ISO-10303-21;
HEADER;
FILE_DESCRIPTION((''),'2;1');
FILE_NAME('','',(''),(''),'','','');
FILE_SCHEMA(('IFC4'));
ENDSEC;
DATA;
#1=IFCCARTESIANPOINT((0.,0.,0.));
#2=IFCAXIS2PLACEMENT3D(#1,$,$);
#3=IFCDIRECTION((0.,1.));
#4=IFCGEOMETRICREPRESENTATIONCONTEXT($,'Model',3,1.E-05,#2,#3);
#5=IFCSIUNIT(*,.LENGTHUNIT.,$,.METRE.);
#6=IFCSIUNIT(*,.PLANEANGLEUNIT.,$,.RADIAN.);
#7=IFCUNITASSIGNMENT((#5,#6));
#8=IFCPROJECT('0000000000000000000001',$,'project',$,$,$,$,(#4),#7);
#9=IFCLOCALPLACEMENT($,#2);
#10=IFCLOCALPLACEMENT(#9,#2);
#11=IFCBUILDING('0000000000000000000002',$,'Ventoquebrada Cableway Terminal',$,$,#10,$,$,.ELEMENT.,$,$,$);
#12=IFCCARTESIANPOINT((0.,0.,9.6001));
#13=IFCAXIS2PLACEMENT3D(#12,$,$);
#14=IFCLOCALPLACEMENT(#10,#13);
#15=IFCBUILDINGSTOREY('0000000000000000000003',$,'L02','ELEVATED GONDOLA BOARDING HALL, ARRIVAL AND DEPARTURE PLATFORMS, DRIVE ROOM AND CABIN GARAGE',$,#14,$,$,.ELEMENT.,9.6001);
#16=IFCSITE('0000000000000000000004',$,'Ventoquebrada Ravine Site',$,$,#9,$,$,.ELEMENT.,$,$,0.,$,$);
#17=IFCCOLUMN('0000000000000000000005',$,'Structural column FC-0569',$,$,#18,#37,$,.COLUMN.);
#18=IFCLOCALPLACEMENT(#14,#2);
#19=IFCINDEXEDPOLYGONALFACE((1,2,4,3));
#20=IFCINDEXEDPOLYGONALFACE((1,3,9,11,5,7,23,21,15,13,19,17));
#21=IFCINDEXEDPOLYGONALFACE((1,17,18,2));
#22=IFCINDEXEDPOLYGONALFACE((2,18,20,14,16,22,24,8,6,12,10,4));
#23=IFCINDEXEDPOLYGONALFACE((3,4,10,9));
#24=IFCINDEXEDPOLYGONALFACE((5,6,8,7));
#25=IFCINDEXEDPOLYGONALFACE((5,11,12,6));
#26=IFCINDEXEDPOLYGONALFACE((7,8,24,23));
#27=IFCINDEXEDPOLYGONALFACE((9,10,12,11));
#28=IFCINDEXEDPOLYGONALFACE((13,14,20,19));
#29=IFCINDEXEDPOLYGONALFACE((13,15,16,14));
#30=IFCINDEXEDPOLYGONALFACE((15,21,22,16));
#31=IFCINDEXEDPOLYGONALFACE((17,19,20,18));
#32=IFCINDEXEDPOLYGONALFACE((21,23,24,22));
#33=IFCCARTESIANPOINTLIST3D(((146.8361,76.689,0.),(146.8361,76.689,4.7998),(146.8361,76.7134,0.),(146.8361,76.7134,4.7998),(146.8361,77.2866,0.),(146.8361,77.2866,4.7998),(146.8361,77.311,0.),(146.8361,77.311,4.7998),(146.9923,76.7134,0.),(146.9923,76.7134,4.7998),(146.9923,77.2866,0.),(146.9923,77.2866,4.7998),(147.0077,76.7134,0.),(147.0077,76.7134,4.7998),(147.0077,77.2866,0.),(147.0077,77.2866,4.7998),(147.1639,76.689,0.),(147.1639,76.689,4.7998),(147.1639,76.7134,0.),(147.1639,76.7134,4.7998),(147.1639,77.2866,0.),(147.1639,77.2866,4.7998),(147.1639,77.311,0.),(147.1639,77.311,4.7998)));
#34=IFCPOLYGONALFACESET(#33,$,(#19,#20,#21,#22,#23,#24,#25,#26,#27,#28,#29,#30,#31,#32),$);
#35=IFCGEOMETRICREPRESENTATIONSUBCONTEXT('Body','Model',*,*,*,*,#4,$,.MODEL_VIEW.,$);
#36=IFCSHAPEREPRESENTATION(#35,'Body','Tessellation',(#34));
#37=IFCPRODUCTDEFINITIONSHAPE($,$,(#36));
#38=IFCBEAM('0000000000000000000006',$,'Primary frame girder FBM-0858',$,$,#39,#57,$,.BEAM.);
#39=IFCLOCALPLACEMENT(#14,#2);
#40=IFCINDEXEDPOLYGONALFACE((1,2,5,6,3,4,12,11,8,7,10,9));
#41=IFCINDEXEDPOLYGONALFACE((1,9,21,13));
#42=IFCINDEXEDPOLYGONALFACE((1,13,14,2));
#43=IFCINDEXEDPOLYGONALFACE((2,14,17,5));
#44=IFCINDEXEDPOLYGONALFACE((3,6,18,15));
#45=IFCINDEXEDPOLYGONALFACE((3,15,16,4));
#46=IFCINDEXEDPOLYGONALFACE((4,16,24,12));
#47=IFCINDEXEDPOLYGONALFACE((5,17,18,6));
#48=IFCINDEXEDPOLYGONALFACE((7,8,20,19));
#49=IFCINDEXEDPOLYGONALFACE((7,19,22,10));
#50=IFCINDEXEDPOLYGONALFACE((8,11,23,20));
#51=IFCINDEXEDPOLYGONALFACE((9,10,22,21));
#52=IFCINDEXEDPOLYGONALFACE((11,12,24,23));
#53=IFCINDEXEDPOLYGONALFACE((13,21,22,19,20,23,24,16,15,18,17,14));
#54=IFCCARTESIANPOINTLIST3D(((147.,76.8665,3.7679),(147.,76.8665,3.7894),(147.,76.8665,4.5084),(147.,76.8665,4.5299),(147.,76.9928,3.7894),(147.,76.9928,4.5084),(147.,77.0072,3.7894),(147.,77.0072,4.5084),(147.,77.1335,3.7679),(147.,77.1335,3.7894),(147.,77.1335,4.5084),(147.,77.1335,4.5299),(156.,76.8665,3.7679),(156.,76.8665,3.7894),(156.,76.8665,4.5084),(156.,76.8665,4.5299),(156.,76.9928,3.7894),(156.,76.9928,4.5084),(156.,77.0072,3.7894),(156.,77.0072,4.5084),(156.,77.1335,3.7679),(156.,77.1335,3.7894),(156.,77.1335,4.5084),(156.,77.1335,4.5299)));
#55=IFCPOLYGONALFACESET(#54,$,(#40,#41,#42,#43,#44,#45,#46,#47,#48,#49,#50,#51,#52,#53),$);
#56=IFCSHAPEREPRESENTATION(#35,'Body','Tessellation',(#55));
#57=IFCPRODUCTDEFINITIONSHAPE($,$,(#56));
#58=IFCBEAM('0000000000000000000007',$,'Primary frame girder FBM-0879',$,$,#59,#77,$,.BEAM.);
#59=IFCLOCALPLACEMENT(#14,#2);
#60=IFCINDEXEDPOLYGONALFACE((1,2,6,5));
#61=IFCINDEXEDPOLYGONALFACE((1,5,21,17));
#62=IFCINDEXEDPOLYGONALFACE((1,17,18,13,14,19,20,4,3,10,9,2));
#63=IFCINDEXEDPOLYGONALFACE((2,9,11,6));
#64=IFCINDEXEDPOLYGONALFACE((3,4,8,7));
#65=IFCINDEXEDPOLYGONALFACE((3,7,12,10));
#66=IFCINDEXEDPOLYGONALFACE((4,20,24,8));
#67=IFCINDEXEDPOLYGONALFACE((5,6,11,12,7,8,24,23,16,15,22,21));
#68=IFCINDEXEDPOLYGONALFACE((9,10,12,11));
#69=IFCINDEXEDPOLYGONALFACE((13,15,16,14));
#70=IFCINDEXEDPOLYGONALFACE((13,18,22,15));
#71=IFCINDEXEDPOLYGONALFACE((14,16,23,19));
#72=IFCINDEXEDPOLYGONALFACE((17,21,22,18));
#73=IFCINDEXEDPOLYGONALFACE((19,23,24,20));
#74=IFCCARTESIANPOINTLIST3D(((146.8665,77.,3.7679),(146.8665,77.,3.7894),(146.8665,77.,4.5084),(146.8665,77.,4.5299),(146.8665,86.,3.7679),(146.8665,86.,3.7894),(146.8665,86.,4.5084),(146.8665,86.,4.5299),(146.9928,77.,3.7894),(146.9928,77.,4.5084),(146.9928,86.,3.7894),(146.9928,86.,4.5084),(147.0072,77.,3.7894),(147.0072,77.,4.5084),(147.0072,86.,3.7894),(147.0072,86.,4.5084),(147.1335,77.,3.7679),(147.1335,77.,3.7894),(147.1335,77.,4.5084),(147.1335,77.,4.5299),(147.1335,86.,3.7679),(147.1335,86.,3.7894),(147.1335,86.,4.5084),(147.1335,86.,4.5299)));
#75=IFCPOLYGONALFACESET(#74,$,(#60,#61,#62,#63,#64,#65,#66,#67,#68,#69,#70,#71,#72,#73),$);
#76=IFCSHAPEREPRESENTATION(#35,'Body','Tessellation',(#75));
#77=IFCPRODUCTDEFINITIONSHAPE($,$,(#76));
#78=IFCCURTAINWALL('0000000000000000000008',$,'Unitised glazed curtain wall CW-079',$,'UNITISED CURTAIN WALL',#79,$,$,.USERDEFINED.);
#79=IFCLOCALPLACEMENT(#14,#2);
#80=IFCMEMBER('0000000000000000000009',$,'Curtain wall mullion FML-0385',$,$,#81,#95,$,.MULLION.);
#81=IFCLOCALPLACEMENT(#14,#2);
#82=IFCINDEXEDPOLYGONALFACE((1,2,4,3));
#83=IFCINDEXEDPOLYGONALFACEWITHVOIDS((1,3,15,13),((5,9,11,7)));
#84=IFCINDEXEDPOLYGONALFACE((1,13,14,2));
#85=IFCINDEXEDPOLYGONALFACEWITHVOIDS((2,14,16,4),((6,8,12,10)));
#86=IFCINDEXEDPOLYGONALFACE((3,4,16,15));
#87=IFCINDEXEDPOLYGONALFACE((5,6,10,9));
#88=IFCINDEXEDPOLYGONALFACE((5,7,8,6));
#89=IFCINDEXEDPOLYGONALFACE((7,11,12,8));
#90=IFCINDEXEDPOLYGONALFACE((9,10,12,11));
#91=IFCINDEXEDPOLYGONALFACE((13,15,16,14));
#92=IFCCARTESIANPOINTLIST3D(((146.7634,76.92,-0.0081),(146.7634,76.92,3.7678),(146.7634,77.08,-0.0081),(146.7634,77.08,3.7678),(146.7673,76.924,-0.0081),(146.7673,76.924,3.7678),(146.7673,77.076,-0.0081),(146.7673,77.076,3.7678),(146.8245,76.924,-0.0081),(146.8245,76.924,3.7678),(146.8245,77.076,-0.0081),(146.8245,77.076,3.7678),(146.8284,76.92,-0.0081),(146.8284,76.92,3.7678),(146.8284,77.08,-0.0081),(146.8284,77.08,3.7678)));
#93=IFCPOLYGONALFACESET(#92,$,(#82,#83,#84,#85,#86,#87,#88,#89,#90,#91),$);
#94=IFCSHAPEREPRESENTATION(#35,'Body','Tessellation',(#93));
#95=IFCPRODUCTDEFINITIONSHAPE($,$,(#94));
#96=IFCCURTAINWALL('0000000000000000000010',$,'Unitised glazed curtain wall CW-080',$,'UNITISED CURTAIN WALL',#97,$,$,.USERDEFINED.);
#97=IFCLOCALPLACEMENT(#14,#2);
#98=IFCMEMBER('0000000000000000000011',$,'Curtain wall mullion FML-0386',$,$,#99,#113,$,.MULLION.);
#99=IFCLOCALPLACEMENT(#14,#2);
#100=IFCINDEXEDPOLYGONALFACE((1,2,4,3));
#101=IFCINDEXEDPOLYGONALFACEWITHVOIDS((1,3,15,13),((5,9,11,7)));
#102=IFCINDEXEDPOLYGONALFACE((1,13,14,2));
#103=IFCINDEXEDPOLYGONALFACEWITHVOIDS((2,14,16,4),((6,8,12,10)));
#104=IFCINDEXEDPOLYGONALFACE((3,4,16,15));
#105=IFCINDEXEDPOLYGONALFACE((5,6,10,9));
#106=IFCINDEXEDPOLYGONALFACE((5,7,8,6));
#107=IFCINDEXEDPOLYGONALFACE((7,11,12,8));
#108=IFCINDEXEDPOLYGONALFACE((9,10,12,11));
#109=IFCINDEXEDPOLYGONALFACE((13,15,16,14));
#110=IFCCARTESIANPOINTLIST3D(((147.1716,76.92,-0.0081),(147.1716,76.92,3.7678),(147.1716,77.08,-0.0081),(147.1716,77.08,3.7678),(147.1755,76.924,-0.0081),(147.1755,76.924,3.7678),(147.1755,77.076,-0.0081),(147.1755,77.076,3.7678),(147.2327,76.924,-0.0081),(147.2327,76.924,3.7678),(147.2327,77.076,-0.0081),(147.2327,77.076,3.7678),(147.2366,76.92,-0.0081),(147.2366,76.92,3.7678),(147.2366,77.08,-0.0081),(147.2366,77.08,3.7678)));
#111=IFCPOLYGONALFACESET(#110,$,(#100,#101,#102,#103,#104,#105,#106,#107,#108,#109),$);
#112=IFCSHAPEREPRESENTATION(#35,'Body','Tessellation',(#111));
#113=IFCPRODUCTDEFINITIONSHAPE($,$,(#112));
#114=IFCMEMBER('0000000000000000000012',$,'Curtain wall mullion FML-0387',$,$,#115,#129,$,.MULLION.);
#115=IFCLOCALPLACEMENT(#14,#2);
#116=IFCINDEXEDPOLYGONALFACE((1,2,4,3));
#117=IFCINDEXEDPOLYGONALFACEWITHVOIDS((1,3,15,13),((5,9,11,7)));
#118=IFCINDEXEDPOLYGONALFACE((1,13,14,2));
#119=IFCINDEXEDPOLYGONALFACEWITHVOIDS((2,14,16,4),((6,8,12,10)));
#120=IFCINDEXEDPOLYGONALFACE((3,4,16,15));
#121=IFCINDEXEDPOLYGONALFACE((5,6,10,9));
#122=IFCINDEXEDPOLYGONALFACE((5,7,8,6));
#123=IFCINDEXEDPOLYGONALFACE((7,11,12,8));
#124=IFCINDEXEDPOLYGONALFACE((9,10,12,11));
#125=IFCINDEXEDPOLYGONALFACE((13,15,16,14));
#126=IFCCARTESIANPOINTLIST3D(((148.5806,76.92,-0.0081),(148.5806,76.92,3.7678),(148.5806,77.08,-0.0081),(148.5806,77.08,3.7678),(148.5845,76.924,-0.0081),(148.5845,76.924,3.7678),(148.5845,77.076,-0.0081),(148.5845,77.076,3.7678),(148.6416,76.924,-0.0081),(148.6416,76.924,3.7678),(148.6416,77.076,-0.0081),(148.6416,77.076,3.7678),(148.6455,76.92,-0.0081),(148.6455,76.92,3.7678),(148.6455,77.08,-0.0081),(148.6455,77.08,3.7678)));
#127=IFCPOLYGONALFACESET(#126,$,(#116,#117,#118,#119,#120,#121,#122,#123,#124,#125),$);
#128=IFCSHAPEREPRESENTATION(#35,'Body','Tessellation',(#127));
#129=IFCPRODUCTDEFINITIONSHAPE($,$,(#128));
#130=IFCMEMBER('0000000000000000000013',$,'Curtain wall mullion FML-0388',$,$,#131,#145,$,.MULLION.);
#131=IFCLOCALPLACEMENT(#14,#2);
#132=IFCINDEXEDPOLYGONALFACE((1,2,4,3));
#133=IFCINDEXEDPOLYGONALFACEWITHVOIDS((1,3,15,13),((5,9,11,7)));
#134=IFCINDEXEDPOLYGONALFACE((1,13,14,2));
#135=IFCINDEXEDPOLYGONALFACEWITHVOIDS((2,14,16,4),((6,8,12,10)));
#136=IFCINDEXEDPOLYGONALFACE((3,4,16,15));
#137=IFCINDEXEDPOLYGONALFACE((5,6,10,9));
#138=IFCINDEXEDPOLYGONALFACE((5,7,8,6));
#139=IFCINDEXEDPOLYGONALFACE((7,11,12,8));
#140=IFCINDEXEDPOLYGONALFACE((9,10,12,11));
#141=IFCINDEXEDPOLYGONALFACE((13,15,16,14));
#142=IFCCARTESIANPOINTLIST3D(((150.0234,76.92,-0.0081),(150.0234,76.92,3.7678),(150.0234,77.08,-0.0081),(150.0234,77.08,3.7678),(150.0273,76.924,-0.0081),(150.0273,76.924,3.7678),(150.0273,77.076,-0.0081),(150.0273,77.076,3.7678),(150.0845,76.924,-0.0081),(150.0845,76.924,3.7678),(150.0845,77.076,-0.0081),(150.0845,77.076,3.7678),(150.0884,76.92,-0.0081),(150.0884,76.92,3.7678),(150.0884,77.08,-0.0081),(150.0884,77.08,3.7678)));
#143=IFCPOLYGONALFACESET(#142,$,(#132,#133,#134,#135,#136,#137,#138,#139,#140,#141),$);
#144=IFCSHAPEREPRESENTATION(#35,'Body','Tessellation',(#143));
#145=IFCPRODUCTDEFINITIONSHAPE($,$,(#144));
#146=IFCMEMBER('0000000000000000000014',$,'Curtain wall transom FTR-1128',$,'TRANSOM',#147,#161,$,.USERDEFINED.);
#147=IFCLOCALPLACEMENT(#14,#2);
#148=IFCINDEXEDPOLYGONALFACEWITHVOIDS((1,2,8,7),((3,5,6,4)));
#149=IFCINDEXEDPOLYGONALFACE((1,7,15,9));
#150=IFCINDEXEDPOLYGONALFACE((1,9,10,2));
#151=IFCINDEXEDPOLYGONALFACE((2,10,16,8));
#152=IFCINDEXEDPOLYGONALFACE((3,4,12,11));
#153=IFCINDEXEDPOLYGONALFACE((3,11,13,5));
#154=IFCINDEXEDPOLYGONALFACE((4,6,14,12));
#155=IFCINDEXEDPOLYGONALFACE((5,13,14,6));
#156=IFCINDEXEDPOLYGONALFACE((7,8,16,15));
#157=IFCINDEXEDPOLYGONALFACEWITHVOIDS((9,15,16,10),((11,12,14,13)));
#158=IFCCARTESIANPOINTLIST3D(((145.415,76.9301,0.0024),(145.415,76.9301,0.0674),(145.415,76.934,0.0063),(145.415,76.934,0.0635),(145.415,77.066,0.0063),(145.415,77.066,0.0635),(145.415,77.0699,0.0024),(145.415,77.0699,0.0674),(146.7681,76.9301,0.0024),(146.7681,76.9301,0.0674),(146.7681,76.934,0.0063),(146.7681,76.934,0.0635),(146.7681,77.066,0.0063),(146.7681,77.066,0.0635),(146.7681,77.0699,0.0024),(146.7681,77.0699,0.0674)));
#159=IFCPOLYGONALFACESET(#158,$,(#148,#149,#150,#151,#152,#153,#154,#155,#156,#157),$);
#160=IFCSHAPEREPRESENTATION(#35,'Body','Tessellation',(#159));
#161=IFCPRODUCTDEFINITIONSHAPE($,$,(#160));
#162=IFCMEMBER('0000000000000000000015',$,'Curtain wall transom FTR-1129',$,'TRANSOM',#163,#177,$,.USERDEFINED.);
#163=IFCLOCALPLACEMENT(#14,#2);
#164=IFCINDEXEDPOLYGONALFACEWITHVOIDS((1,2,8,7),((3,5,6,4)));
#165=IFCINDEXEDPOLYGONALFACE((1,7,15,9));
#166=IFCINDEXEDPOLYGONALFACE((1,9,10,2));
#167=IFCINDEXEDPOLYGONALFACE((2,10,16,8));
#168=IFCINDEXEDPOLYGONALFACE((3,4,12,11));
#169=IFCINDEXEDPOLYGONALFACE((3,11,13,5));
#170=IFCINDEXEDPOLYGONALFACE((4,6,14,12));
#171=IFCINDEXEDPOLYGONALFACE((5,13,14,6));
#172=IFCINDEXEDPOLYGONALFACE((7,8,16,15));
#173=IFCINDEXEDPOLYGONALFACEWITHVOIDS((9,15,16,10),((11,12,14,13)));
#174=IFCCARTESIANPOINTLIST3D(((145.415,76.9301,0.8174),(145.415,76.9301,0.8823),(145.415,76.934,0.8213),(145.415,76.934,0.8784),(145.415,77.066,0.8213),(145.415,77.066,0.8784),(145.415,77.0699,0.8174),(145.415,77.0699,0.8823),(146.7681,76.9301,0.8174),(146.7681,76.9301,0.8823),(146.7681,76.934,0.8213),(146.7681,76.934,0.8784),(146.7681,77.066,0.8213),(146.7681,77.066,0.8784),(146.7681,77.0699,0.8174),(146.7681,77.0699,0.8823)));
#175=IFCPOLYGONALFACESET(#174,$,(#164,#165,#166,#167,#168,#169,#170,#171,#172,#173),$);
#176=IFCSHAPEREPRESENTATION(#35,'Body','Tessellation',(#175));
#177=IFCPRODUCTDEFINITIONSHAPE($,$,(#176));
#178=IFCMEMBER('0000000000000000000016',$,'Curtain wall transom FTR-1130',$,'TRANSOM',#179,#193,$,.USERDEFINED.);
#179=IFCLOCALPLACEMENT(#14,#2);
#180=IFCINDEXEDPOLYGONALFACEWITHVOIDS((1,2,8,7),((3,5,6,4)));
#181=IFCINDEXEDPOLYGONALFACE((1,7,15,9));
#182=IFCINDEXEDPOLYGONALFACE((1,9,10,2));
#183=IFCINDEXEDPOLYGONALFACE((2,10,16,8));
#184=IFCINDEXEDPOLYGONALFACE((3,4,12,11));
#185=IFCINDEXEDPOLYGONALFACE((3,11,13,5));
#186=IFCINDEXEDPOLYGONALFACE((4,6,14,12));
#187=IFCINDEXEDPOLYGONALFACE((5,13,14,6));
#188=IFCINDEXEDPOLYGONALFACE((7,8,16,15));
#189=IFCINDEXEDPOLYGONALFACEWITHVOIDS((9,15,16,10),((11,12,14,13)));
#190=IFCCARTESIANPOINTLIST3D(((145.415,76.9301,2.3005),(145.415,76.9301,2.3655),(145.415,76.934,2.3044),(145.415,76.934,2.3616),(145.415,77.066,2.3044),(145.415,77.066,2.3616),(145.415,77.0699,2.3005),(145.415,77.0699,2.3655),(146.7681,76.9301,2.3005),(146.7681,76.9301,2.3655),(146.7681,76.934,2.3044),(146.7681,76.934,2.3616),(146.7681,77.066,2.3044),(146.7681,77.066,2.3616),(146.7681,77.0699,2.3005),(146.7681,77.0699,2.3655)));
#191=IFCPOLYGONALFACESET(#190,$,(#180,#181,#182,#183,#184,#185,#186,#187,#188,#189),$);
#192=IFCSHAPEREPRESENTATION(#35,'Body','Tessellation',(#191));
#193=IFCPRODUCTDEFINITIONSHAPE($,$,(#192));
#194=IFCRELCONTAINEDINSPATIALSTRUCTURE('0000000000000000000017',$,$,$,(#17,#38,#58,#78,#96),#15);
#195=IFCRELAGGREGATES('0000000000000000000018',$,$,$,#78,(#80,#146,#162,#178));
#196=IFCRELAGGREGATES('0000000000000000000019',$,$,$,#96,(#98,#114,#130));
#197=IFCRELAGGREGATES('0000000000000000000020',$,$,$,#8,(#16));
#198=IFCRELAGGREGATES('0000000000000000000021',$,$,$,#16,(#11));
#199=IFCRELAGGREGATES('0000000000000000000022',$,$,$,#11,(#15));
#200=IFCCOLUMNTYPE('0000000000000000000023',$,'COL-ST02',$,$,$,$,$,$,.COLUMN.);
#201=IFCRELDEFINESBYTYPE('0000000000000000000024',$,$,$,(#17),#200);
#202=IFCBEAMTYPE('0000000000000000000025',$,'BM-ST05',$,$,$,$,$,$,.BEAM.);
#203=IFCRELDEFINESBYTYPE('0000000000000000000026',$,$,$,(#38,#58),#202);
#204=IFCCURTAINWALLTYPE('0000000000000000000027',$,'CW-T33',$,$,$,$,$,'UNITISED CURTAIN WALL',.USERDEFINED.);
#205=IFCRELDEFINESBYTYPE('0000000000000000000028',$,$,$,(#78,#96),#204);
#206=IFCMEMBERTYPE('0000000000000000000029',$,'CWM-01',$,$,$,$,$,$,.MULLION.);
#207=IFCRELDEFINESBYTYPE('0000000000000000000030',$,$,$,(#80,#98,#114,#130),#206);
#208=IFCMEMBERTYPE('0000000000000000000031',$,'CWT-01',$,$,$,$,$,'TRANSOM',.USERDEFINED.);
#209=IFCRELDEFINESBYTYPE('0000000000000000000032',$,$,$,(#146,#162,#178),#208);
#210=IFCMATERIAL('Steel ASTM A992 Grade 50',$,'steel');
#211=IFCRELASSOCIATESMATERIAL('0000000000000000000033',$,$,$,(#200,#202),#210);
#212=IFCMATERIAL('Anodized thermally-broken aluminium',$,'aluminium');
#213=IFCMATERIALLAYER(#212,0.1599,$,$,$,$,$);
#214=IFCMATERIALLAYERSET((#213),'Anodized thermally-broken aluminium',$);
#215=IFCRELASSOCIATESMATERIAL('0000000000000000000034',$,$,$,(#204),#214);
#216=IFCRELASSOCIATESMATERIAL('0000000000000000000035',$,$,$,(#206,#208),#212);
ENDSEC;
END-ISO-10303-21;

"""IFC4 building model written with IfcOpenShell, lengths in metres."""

from ifc_helpers import new_model, si_unit, direction, frame, origin, origin_2d, place, context, subcontext, project, spatial, hollow_rectangle, i_section, extrude, material, layer, layer_set, material_profile, profile_set, type_object, element, aggregate, save


model = new_model("IFC4")

# Units and contexts
model_context = context("Model", 3, precision=1e-05, world=origin(), true_north=direction((0.0, 1.0)))
body_context = subcontext(model_context, "Body", "Model", "MODEL_VIEW")
ifc_project = project(units=[si_unit("LENGTHUNIT", "METRE"), si_unit("PLANEANGLEUNIT", "RADIAN")], contexts=[model_context])

# Site, building, storey
site_placement = place(None, origin())
site = spatial("IfcSite", under=ifc_project, at=site_placement, Name="Ventoquebrada Ravine Site", CompositionType="ELEMENT", RefElevation=0.0)
building_placement = place(site_placement, origin())
building = spatial("IfcBuilding", under=site, at=building_placement, Name="Ventoquebrada Cableway Terminal", CompositionType="ELEMENT")
storey_placement = place(building_placement, frame((0.0, 0.0, 9.6001)))
storey = spatial("IfcBuildingStorey", under=building, at=storey_placement, Name="L02", Description="ELEVATED GONDOLA BOARDING HALL, ARRIVAL AND DEPARTURE PLATFORMS, DRIVE ROOM AND CABIN GARAGE", CompositionType="ELEMENT", Elevation=9.6001)

# Column
ifc_material_1 = material(Name="Steel ASTM A992 Grade 50", Category="steel")
ifc_material_profile_1 = material_profile(ifc_material_1, i_section(OverallWidth=0.3279, OverallDepth=0.6221, WebThickness=0.0154, FlangeThickness=0.0244, at=origin_2d()), Name="W24X131")
ifc_profile_set_1 = profile_set([ifc_material_profile_1], Name="Steel ASTM A992 Grade 50")
column_type = type_object("IfcColumnType", Name="COL-ST02", PredefinedType="COLUMN", material=ifc_profile_set_1)
column_placement = place(storey_placement, frame((147.0, 77.0, 0.0), z_axis=(0.0, 0.0, 1.0), x_axis=(1.0, 0.0, 0.0)))
element("IfcColumn", 1, at=column_placement, inside=storey, type_object=column_type, Name="Structural column FC-0569", PredefinedType="COLUMN", context=body_context, shape_type="SweptSolid", body=[
    extrude(i_section(OverallWidth=0.3279, OverallDepth=0.6221, WebThickness=0.0154, FlangeThickness=0.0244, at=origin_2d()), origin(), (0.0, 0.0, 1.0), 4.7998),
])

# Beams
ifc_material_profile_2 = material_profile(ifc_material_1, i_section(OverallWidth=0.2671, OverallDepth=0.762, WebThickness=0.0144, FlangeThickness=0.0215, at=origin_2d()), Name="W30X116")
ifc_profile_set_2 = profile_set([ifc_material_profile_2], Name="Steel ASTM A992 Grade 50")
beam_type = type_object("IfcBeamType", Name="BM-ST05", PredefinedType="BEAM", material=ifc_profile_set_2)
for number, where, z_axis, x_axis, name in (
    (2, (147.0, 77.0, 4.1489), (1.0, 0.0, 0.0), (0.0, 1.0, 0.0), "Primary frame girder FBM-0858"),
    (3, (147.0, 77.0, 4.1489), (0.0, 1.0, 0.0), (-1.0, 0.0, 0.0), "Primary frame girder FBM-0879"),
):
    element("IfcBeam", number, at=place(storey_placement, frame(where, z_axis=z_axis, x_axis=x_axis)), inside=storey, type_object=beam_type, Name=name, PredefinedType="BEAM", context=body_context, shape_type="SweptSolid", body=[
        extrude(i_section(OverallWidth=0.2671, OverallDepth=0.762, WebThickness=0.0144, FlangeThickness=0.0215, at=origin_2d()), origin(), (0.0, 0.0, 1.0), 9.0),
    ])

# Curtain wall, member
ifc_material_2 = material(Name="Anodized thermally-broken aluminium", Category="aluminium")
ifc_layer_1 = layer(ifc_material_2, 0.1599)
ifc_layer_set_1 = layer_set([ifc_layer_1], Name="Anodized thermally-broken aluminium")
curtain_wall_type = type_object("IfcCurtainWallType", Name="CW-T33", ElementType="UNITISED CURTAIN WALL", PredefinedType="USERDEFINED", material=ifc_layer_set_1)
curtain_wall_1_placement = place(storey_placement, origin())
curtain_wall_1 = element("IfcCurtainWall", 4, at=curtain_wall_1_placement, inside=storey, type_object=curtain_wall_type, Name="Unitised glazed curtain wall CW-079", ObjectType="UNITISED CURTAIN WALL", PredefinedType="USERDEFINED")
ifc_material_profile_3 = material_profile(ifc_material_2, hollow_rectangle(XDim=0.0649, YDim=0.1599, WallThickness=0.0039, at=origin_2d()), Name="CW-MUL-65X160")
ifc_profile_set_3 = profile_set([ifc_material_profile_3], Name="Anodized thermally-broken aluminium")
member_type_1 = type_object("IfcMemberType", Name="CWM-01", PredefinedType="MULLION", material=ifc_profile_set_3)
member_1_placement = place(storey_placement, frame((146.7959, 77.0, -0.0081), z_axis=(0.0, 0.0, 1.0), x_axis=(1.0, 0.0, 0.0)))
member_1 = element("IfcMember", 5, at=member_1_placement, type_object=member_type_1, Name="Curtain wall mullion FML-0385", PredefinedType="MULLION", context=body_context, shape_type="SweptSolid", body=[
    extrude(hollow_rectangle(XDim=0.0649, YDim=0.1599, WallThickness=0.0039, at=origin_2d()), origin(), (0.0, 0.0, 1.0), 3.7759),
])

# Curtain wall, members
curtain_wall_2_placement = place(storey_placement, origin())
curtain_wall_2 = element("IfcCurtainWall", 6, at=curtain_wall_2_placement, inside=storey, type_object=curtain_wall_type, Name="Unitised glazed curtain wall CW-080", ObjectType="UNITISED CURTAIN WALL", PredefinedType="USERDEFINED")
member_2_placement = place(storey_placement, frame((147.2041, 77.0, -0.0081), z_axis=(0.0, 0.0, 1.0), x_axis=(1.0, 0.0, 0.0)))
member_2 = element("IfcMember", 7, at=member_2_placement, type_object=member_type_1, Name="Curtain wall mullion FML-0386", PredefinedType="MULLION", context=body_context, shape_type="SweptSolid", body=[
    extrude(hollow_rectangle(XDim=0.0649, YDim=0.1599, WallThickness=0.0039, at=origin_2d()), origin(), (0.0, 0.0, 1.0), 3.7759),
])
member_3_placement = place(storey_placement, frame((148.613, 77.0, -0.0081), z_axis=(0.0, 0.0, 1.0), x_axis=(1.0, 0.0, 0.0)))
member_3 = element("IfcMember", 8, at=member_3_placement, type_object=member_type_1, Name="Curtain wall mullion FML-0387", PredefinedType="MULLION", context=body_context, shape_type="SweptSolid", body=[
    extrude(hollow_rectangle(XDim=0.0649, YDim=0.1599, WallThickness=0.0039, at=origin_2d()), origin(), (0.0, 0.0, 1.0), 3.7759),
])
member_4_placement = place(storey_placement, frame((150.0559, 77.0, -0.0081), z_axis=(0.0, 0.0, 1.0), x_axis=(1.0, 0.0, 0.0)))
member_4 = element("IfcMember", 9, at=member_4_placement, type_object=member_type_1, Name="Curtain wall mullion FML-0388", PredefinedType="MULLION", context=body_context, shape_type="SweptSolid", body=[
    extrude(hollow_rectangle(XDim=0.0649, YDim=0.1599, WallThickness=0.0039, at=origin_2d()), origin(), (0.0, 0.0, 1.0), 3.7759),
])

# Members
ifc_material_profile_4 = material_profile(ifc_material_2, hollow_rectangle(XDim=0.0649, YDim=0.1399, WallThickness=0.0039, at=origin_2d()), Name="CW-TRN-65X140")
ifc_profile_set_4 = profile_set([ifc_material_profile_4], Name="Anodized thermally-broken aluminium")
member_type_2 = type_object("IfcMemberType", Name="CWT-01", ElementType="TRANSOM", PredefinedType="USERDEFINED", material=ifc_profile_set_4)
member_5_placement = place(storey_placement, frame((145.415, 77.0, 0.0349), z_axis=(1.0, 0.0, 0.0), x_axis=(0.0, 0.0, 1.0)))
member_5 = element("IfcMember", 10, at=member_5_placement, type_object=member_type_2, Name="Curtain wall transom FTR-1128", ObjectType="TRANSOM", PredefinedType="USERDEFINED", context=body_context, shape_type="SweptSolid", body=[
    extrude(hollow_rectangle(XDim=0.0649, YDim=0.1399, WallThickness=0.0039, at=origin_2d()), origin(), (0.0, 0.0, 1.0), 1.353),
])
member_6_placement = place(storey_placement, frame((145.415, 77.0, 0.8499), z_axis=(1.0, 0.0, 0.0), x_axis=(0.0, 0.0, 1.0)))
member_6 = element("IfcMember", 11, at=member_6_placement, type_object=member_type_2, Name="Curtain wall transom FTR-1129", ObjectType="TRANSOM", PredefinedType="USERDEFINED", context=body_context, shape_type="SweptSolid", body=[
    extrude(hollow_rectangle(XDim=0.0649, YDim=0.1399, WallThickness=0.0039, at=origin_2d()), origin(), (0.0, 0.0, 1.0), 1.353),
])
member_7_placement = place(storey_placement, frame((145.415, 77.0, 2.333), z_axis=(1.0, 0.0, 0.0), x_axis=(0.0, 0.0, 1.0)))
member_7 = element("IfcMember", 12, at=member_7_placement, type_object=member_type_2, Name="Curtain wall transom FTR-1130", ObjectType="TRANSOM", PredefinedType="USERDEFINED", context=body_context, shape_type="SweptSolid", body=[
    extrude(hollow_rectangle(XDim=0.0649, YDim=0.1399, WallThickness=0.0039, at=origin_2d()), origin(), (0.0, 0.0, 1.0), 1.353),
])

aggregate(curtain_wall_1, [member_1, member_5, member_6, member_7])
aggregate(curtain_wall_2, [member_2, member_3, member_4])

save(model, "model.ifc")
